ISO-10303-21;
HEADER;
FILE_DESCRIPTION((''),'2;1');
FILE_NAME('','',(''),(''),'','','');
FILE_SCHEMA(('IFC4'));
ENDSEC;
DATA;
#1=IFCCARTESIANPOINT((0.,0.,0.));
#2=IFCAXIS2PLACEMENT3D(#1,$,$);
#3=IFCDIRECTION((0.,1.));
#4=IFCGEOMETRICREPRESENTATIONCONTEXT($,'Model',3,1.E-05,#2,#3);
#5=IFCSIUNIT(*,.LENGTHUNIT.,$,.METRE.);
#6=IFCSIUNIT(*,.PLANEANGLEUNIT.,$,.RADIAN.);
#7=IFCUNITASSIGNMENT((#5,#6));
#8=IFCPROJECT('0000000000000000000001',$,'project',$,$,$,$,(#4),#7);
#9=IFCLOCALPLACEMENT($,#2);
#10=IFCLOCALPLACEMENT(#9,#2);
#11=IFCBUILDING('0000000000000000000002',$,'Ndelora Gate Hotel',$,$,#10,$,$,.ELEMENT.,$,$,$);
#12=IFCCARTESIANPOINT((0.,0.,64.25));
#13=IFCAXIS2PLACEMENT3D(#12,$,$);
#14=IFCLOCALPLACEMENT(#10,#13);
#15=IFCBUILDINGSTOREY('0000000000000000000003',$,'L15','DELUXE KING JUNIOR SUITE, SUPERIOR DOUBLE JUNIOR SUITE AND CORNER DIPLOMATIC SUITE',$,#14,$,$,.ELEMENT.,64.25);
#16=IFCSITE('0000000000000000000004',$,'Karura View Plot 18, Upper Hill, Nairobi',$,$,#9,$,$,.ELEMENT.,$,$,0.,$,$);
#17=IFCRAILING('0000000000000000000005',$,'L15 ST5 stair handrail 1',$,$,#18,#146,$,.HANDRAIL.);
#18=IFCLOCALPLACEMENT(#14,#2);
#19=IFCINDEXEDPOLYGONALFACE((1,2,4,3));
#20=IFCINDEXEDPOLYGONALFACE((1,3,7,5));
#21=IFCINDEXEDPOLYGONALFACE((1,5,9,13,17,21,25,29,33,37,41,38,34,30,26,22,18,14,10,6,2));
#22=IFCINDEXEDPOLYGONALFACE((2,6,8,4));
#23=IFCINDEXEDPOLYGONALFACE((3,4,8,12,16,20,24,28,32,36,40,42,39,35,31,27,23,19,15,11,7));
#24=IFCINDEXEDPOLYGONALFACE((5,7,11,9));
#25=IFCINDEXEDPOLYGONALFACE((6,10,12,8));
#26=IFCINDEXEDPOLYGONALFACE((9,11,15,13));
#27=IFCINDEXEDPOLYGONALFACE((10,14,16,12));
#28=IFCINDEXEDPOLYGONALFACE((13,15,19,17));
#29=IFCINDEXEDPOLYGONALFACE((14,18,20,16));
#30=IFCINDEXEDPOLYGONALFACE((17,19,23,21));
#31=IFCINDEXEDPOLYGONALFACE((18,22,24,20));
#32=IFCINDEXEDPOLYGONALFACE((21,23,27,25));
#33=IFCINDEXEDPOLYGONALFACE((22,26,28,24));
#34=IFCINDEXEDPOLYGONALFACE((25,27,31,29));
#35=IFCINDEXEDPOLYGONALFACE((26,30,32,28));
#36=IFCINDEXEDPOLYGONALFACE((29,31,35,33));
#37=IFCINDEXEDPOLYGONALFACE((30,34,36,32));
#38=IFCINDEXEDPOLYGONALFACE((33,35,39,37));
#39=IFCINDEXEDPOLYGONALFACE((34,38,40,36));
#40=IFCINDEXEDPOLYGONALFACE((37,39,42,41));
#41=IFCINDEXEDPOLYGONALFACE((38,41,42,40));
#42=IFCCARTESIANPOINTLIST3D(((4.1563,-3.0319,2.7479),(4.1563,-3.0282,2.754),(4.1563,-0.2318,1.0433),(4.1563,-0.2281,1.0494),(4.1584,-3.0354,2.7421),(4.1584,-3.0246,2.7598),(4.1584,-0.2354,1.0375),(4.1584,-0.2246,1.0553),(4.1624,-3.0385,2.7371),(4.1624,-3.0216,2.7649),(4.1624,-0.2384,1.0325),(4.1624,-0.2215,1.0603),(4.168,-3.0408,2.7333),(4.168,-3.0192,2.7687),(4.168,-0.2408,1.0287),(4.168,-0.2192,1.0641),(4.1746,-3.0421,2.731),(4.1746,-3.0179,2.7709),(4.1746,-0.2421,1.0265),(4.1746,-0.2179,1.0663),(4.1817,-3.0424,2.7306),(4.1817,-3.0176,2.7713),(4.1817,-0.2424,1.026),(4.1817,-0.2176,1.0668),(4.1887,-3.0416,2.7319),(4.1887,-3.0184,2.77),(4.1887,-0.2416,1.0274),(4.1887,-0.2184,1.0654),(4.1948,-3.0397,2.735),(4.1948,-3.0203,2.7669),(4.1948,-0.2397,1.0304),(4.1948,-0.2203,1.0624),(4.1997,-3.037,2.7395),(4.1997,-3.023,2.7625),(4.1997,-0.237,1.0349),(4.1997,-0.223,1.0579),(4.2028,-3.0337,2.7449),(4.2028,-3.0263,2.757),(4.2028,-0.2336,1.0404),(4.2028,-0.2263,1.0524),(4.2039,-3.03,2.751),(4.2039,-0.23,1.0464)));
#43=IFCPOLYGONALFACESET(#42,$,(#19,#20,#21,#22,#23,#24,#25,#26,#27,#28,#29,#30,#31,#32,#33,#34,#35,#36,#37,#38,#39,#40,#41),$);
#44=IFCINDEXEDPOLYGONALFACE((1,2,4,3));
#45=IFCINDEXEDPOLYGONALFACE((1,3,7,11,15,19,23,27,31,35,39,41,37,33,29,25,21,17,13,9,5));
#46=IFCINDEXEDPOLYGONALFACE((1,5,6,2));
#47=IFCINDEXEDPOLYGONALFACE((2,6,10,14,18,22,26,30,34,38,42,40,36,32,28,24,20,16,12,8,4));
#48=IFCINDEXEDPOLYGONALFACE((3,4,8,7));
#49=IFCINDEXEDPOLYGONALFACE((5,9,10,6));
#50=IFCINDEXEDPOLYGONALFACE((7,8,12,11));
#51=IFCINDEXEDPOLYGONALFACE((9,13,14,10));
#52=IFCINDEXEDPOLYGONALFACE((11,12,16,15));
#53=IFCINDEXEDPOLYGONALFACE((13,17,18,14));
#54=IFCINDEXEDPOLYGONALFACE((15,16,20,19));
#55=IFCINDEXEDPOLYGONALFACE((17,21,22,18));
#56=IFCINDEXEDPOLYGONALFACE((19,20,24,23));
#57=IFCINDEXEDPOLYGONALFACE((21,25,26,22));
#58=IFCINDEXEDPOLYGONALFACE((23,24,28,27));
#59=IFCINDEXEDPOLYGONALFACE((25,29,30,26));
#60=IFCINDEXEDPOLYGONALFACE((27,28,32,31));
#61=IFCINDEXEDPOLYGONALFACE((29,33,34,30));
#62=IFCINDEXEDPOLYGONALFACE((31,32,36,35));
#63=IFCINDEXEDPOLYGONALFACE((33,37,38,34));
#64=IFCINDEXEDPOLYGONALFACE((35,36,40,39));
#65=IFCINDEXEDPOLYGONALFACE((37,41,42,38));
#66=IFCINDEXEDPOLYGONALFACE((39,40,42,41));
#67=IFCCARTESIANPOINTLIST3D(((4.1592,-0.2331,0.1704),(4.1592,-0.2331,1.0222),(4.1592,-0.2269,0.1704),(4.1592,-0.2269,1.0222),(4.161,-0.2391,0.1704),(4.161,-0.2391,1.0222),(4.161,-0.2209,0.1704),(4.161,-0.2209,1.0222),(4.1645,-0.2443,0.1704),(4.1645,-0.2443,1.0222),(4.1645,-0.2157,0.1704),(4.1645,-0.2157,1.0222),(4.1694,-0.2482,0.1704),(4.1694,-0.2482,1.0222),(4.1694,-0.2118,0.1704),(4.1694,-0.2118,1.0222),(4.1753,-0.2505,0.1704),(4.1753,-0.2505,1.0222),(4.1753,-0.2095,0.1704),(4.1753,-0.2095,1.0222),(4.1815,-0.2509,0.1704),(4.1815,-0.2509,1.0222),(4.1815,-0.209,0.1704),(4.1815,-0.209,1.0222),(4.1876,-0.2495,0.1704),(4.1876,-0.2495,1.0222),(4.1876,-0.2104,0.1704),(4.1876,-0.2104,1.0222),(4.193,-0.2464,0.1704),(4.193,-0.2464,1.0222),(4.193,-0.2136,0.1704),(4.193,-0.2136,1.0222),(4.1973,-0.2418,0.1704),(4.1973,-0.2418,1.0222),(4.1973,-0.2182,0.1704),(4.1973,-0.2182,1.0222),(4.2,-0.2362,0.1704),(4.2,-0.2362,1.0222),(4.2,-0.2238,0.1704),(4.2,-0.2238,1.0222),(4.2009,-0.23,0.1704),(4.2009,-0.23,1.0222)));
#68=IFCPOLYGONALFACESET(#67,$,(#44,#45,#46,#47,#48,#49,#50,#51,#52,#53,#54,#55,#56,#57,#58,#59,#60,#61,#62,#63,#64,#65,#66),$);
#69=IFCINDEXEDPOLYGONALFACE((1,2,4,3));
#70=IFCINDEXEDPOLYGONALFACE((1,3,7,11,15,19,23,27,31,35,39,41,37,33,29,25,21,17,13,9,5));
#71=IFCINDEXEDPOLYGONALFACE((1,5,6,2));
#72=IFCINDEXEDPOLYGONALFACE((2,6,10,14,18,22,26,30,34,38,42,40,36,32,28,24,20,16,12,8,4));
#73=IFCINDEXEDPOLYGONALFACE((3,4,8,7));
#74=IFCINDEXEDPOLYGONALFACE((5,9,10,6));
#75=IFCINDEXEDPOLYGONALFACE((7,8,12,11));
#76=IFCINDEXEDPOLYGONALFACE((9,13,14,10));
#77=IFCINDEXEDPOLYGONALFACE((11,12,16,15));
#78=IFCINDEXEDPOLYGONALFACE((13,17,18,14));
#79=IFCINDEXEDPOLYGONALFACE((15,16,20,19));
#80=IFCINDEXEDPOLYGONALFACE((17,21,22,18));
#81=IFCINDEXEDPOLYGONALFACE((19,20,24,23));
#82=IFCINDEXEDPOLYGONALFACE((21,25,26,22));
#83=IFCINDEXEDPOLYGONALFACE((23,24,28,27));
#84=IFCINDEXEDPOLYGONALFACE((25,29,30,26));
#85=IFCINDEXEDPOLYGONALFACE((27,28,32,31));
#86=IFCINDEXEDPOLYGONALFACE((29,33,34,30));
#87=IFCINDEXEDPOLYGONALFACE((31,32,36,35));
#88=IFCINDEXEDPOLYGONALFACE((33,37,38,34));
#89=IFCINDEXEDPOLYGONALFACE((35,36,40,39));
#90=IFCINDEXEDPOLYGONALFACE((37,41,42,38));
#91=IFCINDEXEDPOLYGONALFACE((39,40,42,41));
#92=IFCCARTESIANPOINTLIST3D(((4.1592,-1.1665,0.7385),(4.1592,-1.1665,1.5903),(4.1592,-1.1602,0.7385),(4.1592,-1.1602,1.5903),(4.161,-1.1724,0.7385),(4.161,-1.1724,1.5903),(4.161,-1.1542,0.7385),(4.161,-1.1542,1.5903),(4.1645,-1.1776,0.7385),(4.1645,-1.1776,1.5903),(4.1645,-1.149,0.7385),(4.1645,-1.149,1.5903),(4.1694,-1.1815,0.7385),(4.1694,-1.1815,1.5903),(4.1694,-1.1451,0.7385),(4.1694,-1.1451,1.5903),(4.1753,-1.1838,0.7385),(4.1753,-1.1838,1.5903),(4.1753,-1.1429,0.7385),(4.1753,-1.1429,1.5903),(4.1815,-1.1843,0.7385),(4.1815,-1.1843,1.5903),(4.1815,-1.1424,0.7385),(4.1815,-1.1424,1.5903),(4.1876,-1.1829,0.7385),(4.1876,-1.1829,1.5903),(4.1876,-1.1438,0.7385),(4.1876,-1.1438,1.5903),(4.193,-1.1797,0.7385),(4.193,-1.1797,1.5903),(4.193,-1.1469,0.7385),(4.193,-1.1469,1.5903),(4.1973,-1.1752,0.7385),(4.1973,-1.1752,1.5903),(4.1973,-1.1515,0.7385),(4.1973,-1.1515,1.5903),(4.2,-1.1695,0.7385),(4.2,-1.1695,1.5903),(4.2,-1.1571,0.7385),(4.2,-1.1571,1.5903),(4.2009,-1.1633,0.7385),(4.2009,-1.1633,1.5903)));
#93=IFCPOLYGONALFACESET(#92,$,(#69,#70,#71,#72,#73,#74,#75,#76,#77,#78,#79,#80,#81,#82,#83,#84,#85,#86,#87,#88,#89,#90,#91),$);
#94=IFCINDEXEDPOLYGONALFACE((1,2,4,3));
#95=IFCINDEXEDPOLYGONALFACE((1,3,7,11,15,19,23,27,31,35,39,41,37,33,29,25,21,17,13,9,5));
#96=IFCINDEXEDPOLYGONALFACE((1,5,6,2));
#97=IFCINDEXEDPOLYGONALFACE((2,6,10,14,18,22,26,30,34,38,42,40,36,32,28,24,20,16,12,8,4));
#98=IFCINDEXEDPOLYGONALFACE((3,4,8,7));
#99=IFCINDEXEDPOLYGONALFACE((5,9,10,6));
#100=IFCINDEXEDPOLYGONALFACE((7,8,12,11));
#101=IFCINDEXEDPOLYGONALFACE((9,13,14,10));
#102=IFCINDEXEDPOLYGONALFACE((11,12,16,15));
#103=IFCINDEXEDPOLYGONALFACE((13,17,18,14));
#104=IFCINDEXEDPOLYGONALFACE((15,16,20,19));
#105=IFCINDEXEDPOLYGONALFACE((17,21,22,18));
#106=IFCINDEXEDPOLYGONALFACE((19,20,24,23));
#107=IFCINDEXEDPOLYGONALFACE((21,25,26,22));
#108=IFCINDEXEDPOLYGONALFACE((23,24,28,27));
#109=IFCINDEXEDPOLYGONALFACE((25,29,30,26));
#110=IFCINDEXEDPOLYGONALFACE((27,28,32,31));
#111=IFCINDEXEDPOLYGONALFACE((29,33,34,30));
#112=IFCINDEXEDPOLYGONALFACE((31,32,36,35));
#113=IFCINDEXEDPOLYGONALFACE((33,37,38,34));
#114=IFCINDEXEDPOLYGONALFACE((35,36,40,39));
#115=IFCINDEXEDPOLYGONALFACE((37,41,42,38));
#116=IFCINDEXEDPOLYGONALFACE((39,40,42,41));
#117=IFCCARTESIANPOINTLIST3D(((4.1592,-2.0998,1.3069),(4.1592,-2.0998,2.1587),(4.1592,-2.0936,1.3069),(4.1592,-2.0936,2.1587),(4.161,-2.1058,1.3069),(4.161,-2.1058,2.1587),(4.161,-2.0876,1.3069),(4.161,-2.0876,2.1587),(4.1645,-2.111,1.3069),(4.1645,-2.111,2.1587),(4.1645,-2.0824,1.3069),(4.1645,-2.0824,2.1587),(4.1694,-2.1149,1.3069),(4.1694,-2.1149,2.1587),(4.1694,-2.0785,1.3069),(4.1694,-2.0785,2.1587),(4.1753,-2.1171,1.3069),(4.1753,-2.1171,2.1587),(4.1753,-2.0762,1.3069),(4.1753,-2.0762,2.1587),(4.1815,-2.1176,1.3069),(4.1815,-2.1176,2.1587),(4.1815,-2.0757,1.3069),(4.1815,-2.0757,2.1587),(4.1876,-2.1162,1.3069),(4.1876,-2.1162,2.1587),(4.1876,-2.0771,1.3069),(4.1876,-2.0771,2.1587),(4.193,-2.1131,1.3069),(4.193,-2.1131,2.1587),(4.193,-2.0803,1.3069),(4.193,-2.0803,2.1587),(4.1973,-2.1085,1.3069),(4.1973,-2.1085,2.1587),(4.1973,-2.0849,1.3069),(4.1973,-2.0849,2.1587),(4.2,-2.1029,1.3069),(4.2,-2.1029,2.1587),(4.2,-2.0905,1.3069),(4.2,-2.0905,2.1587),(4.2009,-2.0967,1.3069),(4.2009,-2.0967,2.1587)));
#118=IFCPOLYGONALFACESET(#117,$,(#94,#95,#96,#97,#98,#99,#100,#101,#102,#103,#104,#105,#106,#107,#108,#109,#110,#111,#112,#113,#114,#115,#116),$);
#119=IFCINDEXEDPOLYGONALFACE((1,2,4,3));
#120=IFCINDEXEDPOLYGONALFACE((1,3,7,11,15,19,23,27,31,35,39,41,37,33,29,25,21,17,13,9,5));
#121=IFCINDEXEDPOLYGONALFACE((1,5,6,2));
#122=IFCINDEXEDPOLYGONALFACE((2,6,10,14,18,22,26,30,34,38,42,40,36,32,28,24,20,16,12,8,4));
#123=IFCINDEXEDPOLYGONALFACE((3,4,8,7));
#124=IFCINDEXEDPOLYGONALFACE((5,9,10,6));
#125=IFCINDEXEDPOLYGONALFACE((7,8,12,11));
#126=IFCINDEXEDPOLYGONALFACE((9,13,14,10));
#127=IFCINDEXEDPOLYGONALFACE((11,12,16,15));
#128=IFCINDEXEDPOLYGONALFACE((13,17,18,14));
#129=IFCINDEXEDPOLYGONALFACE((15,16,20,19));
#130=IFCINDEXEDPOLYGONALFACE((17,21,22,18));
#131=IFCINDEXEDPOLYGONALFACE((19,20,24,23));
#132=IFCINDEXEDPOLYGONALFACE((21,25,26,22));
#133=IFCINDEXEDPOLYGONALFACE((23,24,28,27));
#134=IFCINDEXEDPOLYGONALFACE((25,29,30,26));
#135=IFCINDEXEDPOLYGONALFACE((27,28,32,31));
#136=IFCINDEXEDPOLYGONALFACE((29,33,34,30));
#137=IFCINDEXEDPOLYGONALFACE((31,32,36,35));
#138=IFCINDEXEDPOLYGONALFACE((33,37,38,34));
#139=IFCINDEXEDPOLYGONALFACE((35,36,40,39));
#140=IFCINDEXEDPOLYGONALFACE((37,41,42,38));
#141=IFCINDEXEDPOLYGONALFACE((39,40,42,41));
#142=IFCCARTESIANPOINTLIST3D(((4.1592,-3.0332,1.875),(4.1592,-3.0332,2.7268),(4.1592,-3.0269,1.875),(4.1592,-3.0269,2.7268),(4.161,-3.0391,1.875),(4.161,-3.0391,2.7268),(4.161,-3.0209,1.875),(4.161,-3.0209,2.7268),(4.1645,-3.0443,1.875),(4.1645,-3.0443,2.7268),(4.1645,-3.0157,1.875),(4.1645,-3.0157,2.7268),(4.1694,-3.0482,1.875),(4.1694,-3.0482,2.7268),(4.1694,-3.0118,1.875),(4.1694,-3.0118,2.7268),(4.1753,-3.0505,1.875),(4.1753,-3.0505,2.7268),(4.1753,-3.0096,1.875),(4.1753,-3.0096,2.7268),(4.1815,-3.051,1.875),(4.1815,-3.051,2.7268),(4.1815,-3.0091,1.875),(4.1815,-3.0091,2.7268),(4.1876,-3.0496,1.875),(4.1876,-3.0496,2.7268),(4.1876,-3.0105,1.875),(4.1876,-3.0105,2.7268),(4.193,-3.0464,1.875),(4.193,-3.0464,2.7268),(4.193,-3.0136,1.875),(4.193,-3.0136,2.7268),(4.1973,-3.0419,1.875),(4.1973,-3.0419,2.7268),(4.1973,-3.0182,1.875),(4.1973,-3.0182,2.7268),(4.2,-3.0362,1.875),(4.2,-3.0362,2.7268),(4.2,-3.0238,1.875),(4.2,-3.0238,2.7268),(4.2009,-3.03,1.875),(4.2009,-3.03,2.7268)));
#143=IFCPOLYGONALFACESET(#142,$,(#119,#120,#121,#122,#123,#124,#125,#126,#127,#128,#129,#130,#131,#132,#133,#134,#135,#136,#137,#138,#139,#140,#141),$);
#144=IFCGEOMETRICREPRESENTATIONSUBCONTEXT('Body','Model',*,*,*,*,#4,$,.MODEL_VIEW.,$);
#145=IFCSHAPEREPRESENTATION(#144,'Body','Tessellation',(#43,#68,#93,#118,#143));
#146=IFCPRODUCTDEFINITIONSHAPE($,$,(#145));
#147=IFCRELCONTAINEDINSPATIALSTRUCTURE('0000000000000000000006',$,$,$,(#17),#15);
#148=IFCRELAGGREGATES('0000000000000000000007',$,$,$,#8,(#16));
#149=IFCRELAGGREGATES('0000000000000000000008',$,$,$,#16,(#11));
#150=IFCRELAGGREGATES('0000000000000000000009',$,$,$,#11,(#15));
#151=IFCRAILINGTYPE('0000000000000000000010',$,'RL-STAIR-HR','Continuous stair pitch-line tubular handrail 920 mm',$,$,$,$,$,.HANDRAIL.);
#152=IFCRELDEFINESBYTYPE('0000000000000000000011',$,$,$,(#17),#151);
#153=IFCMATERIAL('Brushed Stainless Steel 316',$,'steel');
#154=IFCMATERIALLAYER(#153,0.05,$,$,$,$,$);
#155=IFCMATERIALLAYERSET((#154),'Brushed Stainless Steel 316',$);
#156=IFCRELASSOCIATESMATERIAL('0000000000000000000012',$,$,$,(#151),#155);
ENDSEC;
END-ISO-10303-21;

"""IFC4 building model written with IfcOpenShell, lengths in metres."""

from ifc_helpers import new_model, si_unit, direction, frame, origin, origin_2d, place, context, subcontext, project, spatial, circle, extrude, material, layer, layer_set, type_object, element, save


model = new_model("IFC4")

# Units and contexts
model_context = context("Model", 3, precision=1e-05, world=origin(), true_north=direction((0.0, 1.0)))
body_context = subcontext(model_context, "Body", "Model", "MODEL_VIEW")
ifc_project = project(units=[si_unit("LENGTHUNIT", "METRE"), si_unit("PLANEANGLEUNIT", "RADIAN")], contexts=[model_context])

# Site, building, storey
site_placement = place(None, origin())
site = spatial("IfcSite", under=ifc_project, at=site_placement, Name="Karura View Plot 18, Upper Hill, Nairobi", CompositionType="ELEMENT", RefElevation=0.0)
building_placement = place(site_placement, origin())
building = spatial("IfcBuilding", under=site, at=building_placement, Name="Ndelora Gate Hotel", CompositionType="ELEMENT")
storey_placement = place(building_placement, frame((0.0, 0.0, 64.25)))
storey = spatial("IfcBuildingStorey", under=building, at=storey_placement, Name="L15", Description="DELUXE KING JUNIOR SUITE, SUPERIOR DOUBLE JUNIOR SUITE AND CORNER DIPLOMATIC SUITE", CompositionType="ELEMENT", Elevation=64.25)

# Railing
ifc_material_1 = material(Name="Brushed Stainless Steel 316", Category="steel")
ifc_layer_1 = layer(ifc_material_1, 0.05)
ifc_layer_set_1 = layer_set([ifc_layer_1], Name="Brushed Stainless Steel 316")
railing_type_1 = type_object("IfcRailingType", Name="RL-STAIR-HR", Description="Continuous stair pitch-line tubular handrail 920 mm", PredefinedType="HANDRAIL", material=ifc_layer_set_1)
railing_1_placement = place(storey_placement, frame((4.1799, -0.23, 0.1704)))
element("IfcRailing", 1, at=railing_1_placement, inside=storey, type_object=railing_type_1, Name="L15 ST5 stair handrail 1", PredefinedType="HANDRAIL", context=body_context, shape_type="SweptSolid", body=[
    extrude(circle(Radius=0.0239, at=origin_2d()), frame((0.0, 0.0, 0.876), z_axis=(0.0, -0.85417, 0.519994), x_axis=(1.0, 0.0, 0.0)), (0.0, 0.0, 1.0), 3.2781),
    extrude(circle(Radius=0.021, at=origin_2d()), origin(), (0.0, 0.0, 1.0), 0.8518),
    extrude(circle(Radius=0.021, at=origin_2d()), frame((0.0, -0.9333, 0.5681)), (0.0, 0.0, 1.0), 0.8518),
    extrude(circle(Radius=0.021, at=origin_2d()), frame((0.0, -1.8667, 1.1365)), (0.0, 0.0, 1.0), 0.8518),
    extrude(circle(Radius=0.021, at=origin_2d()), frame((0.0, -2.8, 1.7046)), (0.0, 0.0, 1.0), 0.8518),
])

save(model, "model.ifc")
